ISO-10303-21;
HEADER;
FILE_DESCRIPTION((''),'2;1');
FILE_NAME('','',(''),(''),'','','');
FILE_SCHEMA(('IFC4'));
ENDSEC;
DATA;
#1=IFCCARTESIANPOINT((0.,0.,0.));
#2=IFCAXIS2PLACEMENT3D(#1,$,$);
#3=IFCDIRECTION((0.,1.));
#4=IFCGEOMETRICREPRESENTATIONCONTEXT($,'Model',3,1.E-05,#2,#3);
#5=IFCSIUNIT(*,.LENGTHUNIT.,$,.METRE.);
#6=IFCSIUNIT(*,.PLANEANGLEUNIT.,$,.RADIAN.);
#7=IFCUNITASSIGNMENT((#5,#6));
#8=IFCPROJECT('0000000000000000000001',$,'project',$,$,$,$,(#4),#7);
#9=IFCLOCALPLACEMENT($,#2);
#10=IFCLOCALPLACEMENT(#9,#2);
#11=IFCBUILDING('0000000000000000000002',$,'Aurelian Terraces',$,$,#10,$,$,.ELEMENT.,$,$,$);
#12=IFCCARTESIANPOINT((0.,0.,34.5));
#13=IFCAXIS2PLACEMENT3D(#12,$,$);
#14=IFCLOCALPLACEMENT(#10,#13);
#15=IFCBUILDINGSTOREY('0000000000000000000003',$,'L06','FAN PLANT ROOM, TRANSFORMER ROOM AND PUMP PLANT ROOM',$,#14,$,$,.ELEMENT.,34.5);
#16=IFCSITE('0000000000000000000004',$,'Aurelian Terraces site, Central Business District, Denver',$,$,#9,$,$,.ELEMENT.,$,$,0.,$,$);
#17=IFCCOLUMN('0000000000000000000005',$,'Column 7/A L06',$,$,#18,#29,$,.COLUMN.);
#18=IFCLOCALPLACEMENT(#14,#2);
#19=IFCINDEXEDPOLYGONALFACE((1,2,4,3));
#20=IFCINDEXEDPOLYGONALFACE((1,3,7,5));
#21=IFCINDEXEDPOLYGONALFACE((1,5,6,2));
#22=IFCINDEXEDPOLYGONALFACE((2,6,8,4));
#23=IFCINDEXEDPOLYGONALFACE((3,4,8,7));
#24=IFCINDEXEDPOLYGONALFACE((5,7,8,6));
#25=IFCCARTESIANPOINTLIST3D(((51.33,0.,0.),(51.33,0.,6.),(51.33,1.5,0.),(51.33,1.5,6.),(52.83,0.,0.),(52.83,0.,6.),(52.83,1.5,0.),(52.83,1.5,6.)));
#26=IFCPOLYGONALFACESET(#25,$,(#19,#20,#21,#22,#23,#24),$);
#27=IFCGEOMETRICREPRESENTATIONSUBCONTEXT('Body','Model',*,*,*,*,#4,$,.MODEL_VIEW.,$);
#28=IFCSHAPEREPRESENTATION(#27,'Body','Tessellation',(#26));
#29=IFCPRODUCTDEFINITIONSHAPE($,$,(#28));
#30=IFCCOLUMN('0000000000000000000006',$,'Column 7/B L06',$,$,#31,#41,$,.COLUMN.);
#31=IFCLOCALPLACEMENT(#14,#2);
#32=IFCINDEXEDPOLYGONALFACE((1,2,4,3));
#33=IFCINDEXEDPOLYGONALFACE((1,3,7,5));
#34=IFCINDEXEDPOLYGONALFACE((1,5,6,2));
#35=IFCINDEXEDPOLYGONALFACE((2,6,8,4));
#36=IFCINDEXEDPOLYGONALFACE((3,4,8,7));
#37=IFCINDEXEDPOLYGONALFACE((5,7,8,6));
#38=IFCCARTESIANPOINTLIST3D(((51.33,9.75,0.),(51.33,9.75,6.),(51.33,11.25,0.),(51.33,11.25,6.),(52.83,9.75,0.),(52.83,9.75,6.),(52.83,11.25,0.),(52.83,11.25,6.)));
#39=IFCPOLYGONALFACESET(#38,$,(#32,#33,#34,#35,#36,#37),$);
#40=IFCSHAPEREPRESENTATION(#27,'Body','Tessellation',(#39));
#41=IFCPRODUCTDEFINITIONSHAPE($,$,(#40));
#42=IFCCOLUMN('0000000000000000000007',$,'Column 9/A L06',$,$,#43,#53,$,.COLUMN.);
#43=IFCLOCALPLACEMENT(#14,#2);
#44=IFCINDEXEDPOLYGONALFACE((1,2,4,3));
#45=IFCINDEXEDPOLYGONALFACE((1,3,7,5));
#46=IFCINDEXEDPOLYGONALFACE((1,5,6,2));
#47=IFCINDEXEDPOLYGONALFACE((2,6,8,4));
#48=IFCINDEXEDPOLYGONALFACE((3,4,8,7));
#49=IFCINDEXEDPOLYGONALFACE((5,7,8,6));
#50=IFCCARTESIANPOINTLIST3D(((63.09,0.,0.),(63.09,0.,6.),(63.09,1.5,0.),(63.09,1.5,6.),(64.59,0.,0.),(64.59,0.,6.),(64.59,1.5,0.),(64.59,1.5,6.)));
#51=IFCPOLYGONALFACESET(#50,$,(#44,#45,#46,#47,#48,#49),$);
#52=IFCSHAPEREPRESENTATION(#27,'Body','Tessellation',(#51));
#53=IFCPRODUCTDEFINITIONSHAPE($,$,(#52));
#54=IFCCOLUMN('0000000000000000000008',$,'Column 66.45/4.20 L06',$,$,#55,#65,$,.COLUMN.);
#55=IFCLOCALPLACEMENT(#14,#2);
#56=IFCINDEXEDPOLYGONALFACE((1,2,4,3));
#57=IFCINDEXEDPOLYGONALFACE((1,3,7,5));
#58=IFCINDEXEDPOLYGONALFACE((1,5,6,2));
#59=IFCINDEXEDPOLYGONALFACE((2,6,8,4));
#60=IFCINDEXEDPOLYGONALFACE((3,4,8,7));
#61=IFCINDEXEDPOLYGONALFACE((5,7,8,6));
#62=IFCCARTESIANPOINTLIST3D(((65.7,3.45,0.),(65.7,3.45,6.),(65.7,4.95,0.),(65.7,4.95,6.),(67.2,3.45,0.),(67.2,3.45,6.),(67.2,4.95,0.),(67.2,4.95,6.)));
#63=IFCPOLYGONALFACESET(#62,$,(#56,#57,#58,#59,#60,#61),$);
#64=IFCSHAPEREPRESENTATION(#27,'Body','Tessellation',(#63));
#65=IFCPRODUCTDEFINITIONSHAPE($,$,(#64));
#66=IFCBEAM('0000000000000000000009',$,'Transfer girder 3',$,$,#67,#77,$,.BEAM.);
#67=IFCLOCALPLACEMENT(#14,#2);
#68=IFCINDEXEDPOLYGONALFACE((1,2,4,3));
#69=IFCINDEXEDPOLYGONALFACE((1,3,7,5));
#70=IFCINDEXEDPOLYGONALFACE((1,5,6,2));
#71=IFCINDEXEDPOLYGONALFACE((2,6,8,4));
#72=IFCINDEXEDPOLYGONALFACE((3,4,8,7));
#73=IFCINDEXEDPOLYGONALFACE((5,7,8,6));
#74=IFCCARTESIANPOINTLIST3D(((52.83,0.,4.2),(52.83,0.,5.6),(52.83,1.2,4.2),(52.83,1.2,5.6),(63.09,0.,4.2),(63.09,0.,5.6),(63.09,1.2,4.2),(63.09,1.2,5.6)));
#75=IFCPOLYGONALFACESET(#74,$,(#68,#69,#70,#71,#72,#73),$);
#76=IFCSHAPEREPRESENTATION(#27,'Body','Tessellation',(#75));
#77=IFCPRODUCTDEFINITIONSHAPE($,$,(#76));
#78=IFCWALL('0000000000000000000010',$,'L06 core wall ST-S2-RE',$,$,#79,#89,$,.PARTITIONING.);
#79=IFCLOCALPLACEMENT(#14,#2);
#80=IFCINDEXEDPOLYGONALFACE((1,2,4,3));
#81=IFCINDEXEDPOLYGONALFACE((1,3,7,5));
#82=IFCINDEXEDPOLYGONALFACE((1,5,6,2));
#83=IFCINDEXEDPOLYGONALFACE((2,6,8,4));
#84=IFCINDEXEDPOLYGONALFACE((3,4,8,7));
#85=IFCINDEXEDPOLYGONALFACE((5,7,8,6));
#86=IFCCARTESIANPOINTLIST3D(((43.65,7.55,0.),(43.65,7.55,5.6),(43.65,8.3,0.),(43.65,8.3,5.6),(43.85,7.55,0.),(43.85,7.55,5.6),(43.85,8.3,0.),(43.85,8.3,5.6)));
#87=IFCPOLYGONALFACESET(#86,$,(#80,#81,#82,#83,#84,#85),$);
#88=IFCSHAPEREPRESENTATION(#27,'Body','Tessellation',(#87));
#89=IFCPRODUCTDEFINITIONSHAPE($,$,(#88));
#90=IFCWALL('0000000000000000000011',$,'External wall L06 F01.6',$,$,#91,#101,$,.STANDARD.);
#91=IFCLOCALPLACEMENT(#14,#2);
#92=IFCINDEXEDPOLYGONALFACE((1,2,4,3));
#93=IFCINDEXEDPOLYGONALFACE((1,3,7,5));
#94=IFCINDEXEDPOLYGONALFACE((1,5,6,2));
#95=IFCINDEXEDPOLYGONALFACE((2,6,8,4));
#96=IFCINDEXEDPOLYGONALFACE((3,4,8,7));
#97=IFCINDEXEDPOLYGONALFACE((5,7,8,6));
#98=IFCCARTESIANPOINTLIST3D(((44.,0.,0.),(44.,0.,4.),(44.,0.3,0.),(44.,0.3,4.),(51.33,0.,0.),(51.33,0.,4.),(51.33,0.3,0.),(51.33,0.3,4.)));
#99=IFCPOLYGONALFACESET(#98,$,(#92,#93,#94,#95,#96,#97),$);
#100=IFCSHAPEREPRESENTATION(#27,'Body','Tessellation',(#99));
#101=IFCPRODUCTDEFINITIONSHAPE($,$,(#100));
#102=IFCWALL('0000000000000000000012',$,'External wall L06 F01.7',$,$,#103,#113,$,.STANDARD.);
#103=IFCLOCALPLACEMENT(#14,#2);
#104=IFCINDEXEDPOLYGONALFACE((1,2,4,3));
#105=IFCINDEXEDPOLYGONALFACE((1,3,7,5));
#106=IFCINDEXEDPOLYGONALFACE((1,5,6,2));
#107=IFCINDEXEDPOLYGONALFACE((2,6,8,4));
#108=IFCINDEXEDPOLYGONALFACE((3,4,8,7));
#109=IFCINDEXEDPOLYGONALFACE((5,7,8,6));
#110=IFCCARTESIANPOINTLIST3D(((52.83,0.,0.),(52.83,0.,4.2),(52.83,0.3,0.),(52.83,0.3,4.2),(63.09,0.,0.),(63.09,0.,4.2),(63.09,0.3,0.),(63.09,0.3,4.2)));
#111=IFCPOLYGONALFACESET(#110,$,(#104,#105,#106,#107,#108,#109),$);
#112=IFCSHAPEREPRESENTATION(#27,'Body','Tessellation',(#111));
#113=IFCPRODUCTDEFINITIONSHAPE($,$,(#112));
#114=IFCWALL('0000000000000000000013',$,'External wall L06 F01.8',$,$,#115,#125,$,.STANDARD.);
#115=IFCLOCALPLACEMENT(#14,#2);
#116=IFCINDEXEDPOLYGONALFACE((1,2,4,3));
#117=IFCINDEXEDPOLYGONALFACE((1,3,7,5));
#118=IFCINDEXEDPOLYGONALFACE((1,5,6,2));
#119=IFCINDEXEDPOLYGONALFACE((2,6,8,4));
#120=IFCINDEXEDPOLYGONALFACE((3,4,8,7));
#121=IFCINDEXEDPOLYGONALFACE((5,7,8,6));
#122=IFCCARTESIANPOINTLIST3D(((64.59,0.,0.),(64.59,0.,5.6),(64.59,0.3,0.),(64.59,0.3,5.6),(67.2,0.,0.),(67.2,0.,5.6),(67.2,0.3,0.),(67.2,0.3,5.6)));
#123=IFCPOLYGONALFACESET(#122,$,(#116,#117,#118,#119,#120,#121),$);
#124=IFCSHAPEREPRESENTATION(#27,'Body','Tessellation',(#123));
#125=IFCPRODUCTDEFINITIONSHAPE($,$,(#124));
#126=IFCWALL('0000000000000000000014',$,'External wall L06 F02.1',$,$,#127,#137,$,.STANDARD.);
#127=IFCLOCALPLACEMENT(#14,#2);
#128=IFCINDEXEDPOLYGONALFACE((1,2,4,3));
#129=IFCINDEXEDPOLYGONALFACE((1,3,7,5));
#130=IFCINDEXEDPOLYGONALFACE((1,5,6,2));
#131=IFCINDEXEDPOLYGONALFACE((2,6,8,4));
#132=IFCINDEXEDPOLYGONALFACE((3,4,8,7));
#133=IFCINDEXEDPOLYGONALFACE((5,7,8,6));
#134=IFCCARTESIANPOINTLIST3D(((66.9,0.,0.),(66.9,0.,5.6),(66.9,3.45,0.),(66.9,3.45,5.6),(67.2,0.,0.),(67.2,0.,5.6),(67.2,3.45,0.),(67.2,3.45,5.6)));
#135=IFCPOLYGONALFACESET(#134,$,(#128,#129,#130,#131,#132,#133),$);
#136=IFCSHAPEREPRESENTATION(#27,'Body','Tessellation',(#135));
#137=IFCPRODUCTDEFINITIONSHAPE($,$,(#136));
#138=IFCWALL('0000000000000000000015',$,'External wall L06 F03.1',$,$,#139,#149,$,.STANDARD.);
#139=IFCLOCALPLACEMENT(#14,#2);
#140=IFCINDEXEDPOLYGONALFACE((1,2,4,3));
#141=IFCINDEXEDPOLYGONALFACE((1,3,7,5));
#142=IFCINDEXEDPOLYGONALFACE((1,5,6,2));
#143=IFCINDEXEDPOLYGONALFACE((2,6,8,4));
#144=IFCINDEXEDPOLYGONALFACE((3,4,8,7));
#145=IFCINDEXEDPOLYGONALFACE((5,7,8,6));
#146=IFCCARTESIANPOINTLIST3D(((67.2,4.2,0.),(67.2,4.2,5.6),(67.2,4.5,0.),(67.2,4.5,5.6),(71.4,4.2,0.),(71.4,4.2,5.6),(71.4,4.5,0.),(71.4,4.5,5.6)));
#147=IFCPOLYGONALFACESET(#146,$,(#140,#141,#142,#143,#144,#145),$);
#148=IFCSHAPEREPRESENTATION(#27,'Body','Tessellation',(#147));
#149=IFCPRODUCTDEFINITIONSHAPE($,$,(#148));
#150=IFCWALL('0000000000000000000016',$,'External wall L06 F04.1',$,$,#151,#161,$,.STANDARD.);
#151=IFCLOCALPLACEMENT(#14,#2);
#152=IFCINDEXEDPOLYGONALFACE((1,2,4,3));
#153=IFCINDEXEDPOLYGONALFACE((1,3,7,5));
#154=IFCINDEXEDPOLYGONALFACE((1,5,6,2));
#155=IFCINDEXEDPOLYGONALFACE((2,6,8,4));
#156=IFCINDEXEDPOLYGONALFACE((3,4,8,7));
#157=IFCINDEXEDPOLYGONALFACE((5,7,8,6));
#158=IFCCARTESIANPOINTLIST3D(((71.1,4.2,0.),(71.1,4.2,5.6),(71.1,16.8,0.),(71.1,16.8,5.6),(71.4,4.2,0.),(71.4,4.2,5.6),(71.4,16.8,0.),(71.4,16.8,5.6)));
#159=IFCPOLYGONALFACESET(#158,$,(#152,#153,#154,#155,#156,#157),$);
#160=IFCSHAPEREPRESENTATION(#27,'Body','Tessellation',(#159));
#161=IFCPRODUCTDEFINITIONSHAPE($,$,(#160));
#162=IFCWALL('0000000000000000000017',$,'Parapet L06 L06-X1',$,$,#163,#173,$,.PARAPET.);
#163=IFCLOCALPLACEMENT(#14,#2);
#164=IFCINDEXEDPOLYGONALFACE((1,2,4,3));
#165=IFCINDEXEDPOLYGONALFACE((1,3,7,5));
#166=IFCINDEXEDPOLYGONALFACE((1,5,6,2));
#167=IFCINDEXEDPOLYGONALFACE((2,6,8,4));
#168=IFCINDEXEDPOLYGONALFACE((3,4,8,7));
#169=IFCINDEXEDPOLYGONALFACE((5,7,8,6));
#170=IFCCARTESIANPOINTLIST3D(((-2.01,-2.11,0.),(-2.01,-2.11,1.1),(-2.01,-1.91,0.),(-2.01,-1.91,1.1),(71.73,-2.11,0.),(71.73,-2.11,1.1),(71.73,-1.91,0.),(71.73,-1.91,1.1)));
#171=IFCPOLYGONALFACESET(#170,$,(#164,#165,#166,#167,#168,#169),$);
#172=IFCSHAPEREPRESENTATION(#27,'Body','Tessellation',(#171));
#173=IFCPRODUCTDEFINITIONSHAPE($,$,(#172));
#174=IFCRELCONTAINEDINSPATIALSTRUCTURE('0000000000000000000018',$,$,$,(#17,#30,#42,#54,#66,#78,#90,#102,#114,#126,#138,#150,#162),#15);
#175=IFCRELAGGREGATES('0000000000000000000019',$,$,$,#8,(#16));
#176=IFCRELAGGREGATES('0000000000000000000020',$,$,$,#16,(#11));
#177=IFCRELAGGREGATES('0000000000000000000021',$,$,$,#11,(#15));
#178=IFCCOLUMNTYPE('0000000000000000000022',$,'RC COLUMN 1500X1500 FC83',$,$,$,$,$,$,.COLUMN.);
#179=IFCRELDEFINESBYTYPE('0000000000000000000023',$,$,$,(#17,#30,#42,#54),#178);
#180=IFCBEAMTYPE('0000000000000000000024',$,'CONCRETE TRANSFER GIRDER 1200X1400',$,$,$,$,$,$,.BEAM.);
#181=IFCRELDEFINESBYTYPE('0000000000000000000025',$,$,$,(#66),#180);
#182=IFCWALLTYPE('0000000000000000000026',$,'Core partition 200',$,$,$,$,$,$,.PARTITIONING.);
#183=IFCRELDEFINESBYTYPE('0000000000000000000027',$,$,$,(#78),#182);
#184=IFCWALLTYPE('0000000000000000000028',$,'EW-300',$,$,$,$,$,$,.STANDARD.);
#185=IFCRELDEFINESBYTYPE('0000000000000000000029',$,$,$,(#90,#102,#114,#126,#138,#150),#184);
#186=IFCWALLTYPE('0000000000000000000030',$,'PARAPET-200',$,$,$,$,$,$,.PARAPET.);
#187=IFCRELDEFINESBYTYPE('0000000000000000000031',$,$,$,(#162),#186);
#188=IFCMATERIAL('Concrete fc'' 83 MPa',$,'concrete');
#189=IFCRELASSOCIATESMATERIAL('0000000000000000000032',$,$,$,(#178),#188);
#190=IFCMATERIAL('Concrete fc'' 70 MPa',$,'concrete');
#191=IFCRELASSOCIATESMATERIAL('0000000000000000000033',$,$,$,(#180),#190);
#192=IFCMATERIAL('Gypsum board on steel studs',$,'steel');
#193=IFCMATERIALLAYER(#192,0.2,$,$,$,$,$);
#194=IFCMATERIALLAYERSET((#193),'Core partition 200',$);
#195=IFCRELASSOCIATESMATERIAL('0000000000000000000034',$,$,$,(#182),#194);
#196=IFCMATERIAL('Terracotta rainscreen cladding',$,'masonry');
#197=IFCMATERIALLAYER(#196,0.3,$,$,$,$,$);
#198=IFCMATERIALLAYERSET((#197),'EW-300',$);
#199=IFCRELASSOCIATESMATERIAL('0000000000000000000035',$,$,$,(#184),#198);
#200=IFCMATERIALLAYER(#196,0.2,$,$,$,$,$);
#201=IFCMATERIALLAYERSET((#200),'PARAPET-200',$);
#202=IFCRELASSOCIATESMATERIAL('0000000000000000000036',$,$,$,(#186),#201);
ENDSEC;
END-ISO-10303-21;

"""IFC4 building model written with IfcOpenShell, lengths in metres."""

from ifc_helpers import new_model, si_unit, direction, frame, frame_2d, origin, origin_2d, place, context, subcontext, project, spatial, rectangle, extrude, source, transform, mapped, material, layer, layer_set, material_profile, profile_set, type_object, element, save


model = new_model("IFC4")

# Units and contexts
model_context = context("Model", 3, precision=1e-05, world=origin(), true_north=direction((0.0, 1.0)))
body_context = subcontext(model_context, "Body", "Model", "MODEL_VIEW")
ifc_project = project(units=[si_unit("LENGTHUNIT", "METRE"), si_unit("PLANEANGLEUNIT", "RADIAN")], contexts=[model_context])

# Site, building, storey
site_placement = place(None, origin())
site = spatial("IfcSite", under=ifc_project, at=site_placement, Name="Aurelian Terraces site, Central Business District, Denver", CompositionType="ELEMENT", RefElevation=0.0)
building_placement = place(site_placement, origin())
building = spatial("IfcBuilding", under=site, at=building_placement, Name="Aurelian Terraces", CompositionType="ELEMENT")
storey_placement = place(building_placement, frame((0.0, 0.0, 34.5)))
storey = spatial("IfcBuildingStorey", under=building, at=storey_placement, Name="L06", Description="FAN PLANT ROOM, TRANSFORMER ROOM AND PUMP PLANT ROOM", CompositionType="ELEMENT", Elevation=34.5)

# Columns
ifc_material_1 = material(Name="Concrete fc' 83 MPa", Category="concrete")
ifc_material_profile_1 = material_profile(ifc_material_1, rectangle(XDim=1.5, YDim=1.5, at=origin_2d()))
ifc_profile_set_1 = profile_set([ifc_material_profile_1], Name="Concrete fc' 83 MPa")
column_type = type_object("IfcColumnType", Name="RC COLUMN 1500X1500 FC83", PredefinedType="COLUMN", material=ifc_profile_set_1)
shared_shape_1 = source(origin(), body_context, "Body", "SweptSolid", [
    extrude(rectangle(XDim=1.5, YDim=1.5, at=origin_2d()), origin(), (0.0, 0.0, 1.0), 6.0),
])
for number, where, z_axis, x_axis, name in (
    (1, (52.08, 0.75, 0.0), (0.0, 0.0, 1.0), (1.0, 0.0, 0.0), "Column 7/A L06"),
    (2, (52.08, 10.5, 0.0), (0.0, 0.0, 1.0), (1.0, 0.0, 0.0), "Column 7/B L06"),
    (3, (63.84, 0.75, 0.0), (0.0, 0.0, 1.0), (1.0, 0.0, 0.0), "Column 9/A L06"),
    (4, (66.45, 4.2, 0.0), (0.0, 0.0, 1.0), (1.0, 0.0, 0.0), "Column 66.45/4.20 L06"),
):
    element("IfcColumn", number, at=place(storey_placement, frame(where, z_axis=z_axis, x_axis=x_axis)), inside=storey, type_object=column_type, Name=name, PredefinedType="COLUMN", context=body_context, shape_type="MappedRepresentation", body=[
        mapped(shared_shape_1, transform((0.0, 0.0, 0.0), scale=1.0)),
    ])

# Beam
ifc_material_2 = material(Name="Concrete fc' 70 MPa", Category="concrete")
ifc_material_profile_2 = material_profile(ifc_material_2, rectangle(XDim=1.2, YDim=1.4, at=origin_2d()))
ifc_profile_set_2 = profile_set([ifc_material_profile_2], Name="Concrete fc' 70 MPa")
beam_type = type_object("IfcBeamType", Name="CONCRETE TRANSFER GIRDER 1200X1400", PredefinedType="BEAM", material=ifc_profile_set_2)
beam_placement = place(storey_placement, frame((52.83, 0.6, 4.9), z_axis=(1.0, 0.0, 0.0), x_axis=(0.0, 1.0, 0.0)))
element("IfcBeam", 5, at=beam_placement, inside=storey, type_object=beam_type, Name="Transfer girder 3", PredefinedType="BEAM", context=body_context, shape_type="SweptSolid", body=[
    extrude(rectangle(XDim=1.2, YDim=1.4, at=origin_2d()), origin(), (0.0, 0.0, 1.0), 10.26),
])

# Walls
ifc_material_3 = material(Name="Gypsum board on steel studs", Category="steel")
ifc_layer_1 = layer(ifc_material_3, 0.2)
ifc_layer_set_1 = layer_set([ifc_layer_1], Name="Core partition 200")
wall_type_1 = type_object("IfcWallType", Name="Core partition 200", PredefinedType="PARTITIONING", material=ifc_layer_set_1)
wall_1_placement = place(storey_placement, frame((43.75, 7.55, 0.0), z_axis=(0.0, 0.0, 1.0), x_axis=(0.0, 1.0, 0.0)))
element("IfcWall", 6, at=wall_1_placement, inside=storey, type_object=wall_type_1, Name="L06 core wall ST-S2-RE", PredefinedType="PARTITIONING", context=body_context, shape_type="SweptSolid", body=[
    extrude(rectangle(XDim=0.75, YDim=0.2, at=frame_2d((0.375, 0.0))), origin(), (0.0, 0.0, 1.0), 5.6),
])
ifc_material_4 = material(Name="Terracotta rainscreen cladding", Category="masonry")
ifc_layer_2 = layer(ifc_material_4, 0.3)
ifc_layer_set_2 = layer_set([ifc_layer_2], Name="EW-300")
wall_type_2 = type_object("IfcWallType", Name="EW-300", PredefinedType="STANDARD", material=ifc_layer_set_2)
wall_2_placement = place(storey_placement, frame((44.0, 0.15, 0.0), z_axis=(0.0, 0.0, 1.0), x_axis=(1.0, 0.0, 0.0)))
element("IfcWall", 7, at=wall_2_placement, inside=storey, type_object=wall_type_2, Name="External wall L06 F01.6", PredefinedType="STANDARD", context=body_context, shape_type="SweptSolid", body=[
    extrude(rectangle(XDim=7.33, YDim=0.3, at=frame_2d((3.665, 0.0))), origin(), (0.0, 0.0, 1.0), 4.0),
])
wall_3_placement = place(storey_placement, frame((52.83, 0.15, 0.0), z_axis=(0.0, 0.0, 1.0), x_axis=(1.0, 0.0, 0.0)))
element("IfcWall", 8, at=wall_3_placement, inside=storey, type_object=wall_type_2, Name="External wall L06 F01.7", PredefinedType="STANDARD", context=body_context, shape_type="SweptSolid", body=[
    extrude(rectangle(XDim=10.26, YDim=0.3, at=frame_2d((5.13, 0.0))), origin(), (0.0, 0.0, 1.0), 4.2),
])
wall_4_placement = place(storey_placement, frame((64.59, 0.15, 0.0), z_axis=(0.0, 0.0, 1.0), x_axis=(1.0, 0.0, 0.0)))
element("IfcWall", 9, at=wall_4_placement, inside=storey, type_object=wall_type_2, Name="External wall L06 F01.8", PredefinedType="STANDARD", context=body_context, shape_type="SweptSolid", body=[
    extrude(rectangle(XDim=2.61, YDim=0.3, at=frame_2d((1.305, 0.0))), origin(), (0.0, 0.0, 1.0), 5.6),
])
wall_5_placement = place(storey_placement, frame((67.05, 0.0, 0.0), z_axis=(0.0, 0.0, 1.0), x_axis=(0.0, 1.0, 0.0)))
element("IfcWall", 10, at=wall_5_placement, inside=storey, type_object=wall_type_2, Name="External wall L06 F02.1", PredefinedType="STANDARD", context=body_context, shape_type="SweptSolid", body=[
    extrude(rectangle(XDim=3.45, YDim=0.3, at=frame_2d((1.725, 0.0))), origin(), (0.0, 0.0, 1.0), 5.6),
])
wall_6_placement = place(storey_placement, frame((67.2, 4.35, 0.0), z_axis=(0.0, 0.0, 1.0), x_axis=(1.0, 0.0, 0.0)))
element("IfcWall", 11, at=wall_6_placement, inside=storey, type_object=wall_type_2, Name="External wall L06 F03.1", PredefinedType="STANDARD", context=body_context, shape_type="SweptSolid", body=[
    extrude(rectangle(XDim=4.2, YDim=0.3, at=frame_2d((2.1, 0.0))), origin(), (0.0, 0.0, 1.0), 5.6),
])
wall_7_placement = place(storey_placement, frame((71.25, 4.2, 0.0), z_axis=(0.0, 0.0, 1.0), x_axis=(0.0, 1.0, 0.0)))
element("IfcWall", 12, at=wall_7_placement, inside=storey, type_object=wall_type_2, Name="External wall L06 F04.1", PredefinedType="STANDARD", context=body_context, shape_type="SweptSolid", body=[
    extrude(rectangle(XDim=12.6, YDim=0.3, at=frame_2d((6.3, 0.0))), origin(), (0.0, 0.0, 1.0), 5.6),
])
ifc_layer_3 = layer(ifc_material_4, 0.2)
ifc_layer_set_3 = layer_set([ifc_layer_3], Name="PARAPET-200")
wall_type_3 = type_object("IfcWallType", Name="PARAPET-200", PredefinedType="PARAPET", material=ifc_layer_set_3)
wall_8_placement = place(storey_placement, frame((71.73, -2.01, 0.0), z_axis=(0.0, 0.0, 1.0), x_axis=(-1.0, 0.0, 0.0)))
element("IfcWall", 13, at=wall_8_placement, inside=storey, type_object=wall_type_3, Name="Parapet L06 L06-X1", PredefinedType="PARAPET", context=body_context, shape_type="SweptSolid", body=[
    extrude(rectangle(XDim=73.74, YDim=0.2, at=frame_2d((36.87, 0.0))), origin(), (0.0, 0.0, 1.0), 1.1),
])

save(model, "model.ifc")
